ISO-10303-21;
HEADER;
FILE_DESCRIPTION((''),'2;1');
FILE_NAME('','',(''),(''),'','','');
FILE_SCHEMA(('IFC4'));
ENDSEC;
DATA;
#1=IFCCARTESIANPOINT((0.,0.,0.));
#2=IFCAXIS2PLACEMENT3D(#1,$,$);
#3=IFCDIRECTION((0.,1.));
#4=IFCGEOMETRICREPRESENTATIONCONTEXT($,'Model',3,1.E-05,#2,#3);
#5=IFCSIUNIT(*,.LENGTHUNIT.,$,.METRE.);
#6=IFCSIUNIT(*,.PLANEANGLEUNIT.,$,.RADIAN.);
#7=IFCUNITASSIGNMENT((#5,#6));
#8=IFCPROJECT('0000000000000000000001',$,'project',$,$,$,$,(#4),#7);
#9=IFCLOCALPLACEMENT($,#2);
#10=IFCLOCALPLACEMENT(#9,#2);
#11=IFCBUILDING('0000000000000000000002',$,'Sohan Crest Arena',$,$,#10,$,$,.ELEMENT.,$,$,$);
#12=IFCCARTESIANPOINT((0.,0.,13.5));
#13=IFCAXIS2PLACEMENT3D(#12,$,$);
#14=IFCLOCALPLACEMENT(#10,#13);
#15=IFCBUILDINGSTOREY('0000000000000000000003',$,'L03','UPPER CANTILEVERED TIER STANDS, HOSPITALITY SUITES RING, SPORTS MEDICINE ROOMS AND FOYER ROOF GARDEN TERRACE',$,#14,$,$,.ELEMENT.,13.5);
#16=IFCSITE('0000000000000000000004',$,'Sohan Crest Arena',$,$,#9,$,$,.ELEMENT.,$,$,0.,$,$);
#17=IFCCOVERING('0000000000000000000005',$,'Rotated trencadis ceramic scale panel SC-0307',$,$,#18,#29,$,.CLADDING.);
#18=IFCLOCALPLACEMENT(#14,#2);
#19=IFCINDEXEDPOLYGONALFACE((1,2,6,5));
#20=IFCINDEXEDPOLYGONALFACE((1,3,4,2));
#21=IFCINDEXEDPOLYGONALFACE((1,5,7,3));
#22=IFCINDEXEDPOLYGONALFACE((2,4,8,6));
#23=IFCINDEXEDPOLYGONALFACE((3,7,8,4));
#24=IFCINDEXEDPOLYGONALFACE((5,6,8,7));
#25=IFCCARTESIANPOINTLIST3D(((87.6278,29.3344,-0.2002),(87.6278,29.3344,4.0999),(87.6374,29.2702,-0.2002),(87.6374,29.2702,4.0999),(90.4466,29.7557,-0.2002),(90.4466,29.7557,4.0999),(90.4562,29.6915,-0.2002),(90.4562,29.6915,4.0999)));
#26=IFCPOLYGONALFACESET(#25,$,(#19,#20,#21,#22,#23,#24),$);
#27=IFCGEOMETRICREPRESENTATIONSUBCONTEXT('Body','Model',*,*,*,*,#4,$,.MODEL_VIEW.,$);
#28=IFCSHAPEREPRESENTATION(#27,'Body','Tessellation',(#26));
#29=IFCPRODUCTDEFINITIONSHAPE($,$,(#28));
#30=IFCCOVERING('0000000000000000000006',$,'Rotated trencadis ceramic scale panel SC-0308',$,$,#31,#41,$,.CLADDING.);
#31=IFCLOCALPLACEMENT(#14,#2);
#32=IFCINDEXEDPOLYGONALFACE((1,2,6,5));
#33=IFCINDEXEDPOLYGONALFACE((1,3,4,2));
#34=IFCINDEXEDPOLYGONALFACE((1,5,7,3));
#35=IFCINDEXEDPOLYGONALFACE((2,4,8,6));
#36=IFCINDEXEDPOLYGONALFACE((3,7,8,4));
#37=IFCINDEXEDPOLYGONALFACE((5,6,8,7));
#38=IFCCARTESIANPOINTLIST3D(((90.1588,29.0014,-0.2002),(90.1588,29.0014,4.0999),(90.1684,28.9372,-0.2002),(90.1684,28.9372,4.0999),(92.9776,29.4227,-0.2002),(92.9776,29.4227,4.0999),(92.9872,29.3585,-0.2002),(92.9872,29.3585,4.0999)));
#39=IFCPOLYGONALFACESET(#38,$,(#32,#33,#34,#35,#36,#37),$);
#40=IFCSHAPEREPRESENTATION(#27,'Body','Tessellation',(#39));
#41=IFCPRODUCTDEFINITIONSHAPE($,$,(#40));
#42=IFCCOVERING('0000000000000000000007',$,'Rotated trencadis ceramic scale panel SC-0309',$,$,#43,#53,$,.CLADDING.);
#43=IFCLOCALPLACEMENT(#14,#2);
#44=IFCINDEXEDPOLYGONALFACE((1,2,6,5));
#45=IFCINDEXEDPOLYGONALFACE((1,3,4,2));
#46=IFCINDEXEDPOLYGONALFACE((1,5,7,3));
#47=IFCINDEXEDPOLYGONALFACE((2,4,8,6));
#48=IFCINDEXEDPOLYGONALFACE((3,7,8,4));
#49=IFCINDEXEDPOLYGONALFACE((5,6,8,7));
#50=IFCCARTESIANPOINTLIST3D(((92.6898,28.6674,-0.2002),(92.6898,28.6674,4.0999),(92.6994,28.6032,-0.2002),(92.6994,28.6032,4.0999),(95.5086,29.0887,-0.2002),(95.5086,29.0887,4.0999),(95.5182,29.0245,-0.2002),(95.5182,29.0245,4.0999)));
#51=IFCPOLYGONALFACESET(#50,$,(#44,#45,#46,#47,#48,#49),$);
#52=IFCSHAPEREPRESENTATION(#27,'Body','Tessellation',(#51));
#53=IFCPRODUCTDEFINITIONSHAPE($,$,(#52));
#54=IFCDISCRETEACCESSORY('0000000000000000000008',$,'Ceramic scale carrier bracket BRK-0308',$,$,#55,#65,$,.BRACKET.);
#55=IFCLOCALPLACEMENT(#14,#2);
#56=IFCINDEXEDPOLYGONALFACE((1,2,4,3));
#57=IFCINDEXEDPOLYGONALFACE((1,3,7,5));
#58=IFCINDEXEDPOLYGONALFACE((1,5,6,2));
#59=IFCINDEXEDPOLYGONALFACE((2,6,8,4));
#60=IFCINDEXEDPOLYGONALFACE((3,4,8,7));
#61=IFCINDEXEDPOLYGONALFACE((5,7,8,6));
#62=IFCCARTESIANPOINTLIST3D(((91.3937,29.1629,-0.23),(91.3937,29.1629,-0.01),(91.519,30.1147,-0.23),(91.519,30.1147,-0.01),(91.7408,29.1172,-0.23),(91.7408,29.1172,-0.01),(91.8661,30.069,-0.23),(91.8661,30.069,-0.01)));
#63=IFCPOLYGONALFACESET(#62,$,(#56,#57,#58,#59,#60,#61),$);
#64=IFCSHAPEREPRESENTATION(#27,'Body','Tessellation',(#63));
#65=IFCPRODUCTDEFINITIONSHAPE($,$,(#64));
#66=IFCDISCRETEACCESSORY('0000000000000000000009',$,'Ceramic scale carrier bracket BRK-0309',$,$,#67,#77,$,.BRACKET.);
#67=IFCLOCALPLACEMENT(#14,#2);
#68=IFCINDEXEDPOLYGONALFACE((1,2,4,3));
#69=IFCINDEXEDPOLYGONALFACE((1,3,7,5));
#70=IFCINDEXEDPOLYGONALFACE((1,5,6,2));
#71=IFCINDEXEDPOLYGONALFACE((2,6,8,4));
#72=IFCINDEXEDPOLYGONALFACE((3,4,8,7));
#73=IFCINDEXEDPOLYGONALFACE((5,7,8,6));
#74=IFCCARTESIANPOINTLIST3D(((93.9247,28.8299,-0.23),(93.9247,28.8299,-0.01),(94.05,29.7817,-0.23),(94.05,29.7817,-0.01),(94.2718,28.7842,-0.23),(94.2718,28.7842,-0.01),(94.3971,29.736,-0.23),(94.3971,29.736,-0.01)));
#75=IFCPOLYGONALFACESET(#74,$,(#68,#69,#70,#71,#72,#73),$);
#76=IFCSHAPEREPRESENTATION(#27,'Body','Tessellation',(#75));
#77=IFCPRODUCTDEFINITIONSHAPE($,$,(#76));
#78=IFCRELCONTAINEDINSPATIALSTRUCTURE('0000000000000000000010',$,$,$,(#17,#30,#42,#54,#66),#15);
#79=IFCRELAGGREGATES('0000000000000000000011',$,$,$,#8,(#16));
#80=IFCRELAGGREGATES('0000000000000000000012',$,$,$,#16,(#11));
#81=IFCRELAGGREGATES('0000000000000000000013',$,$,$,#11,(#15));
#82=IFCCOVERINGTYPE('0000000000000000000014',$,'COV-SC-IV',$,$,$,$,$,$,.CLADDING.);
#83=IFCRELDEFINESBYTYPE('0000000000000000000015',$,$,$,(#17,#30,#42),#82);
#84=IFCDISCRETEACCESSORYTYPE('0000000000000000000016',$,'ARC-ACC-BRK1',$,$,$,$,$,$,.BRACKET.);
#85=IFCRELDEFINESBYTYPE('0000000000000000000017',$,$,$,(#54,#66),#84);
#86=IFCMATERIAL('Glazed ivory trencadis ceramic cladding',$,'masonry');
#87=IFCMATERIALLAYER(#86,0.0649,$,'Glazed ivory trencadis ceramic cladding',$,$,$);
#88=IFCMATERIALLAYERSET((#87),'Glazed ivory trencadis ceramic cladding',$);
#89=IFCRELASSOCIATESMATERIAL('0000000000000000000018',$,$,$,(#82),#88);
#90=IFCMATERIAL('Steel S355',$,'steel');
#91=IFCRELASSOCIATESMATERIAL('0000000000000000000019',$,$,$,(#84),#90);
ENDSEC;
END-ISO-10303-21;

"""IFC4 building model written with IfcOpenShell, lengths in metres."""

from ifc_helpers import new_model, si_unit, direction, frame, origin, origin_2d, place, context, subcontext, project, spatial, rectangle, extrude, material, layer, layer_set, type_object, element, save


model = new_model("IFC4")

# Units and contexts
model_context = context("Model", 3, precision=1e-05, world=origin(), true_north=direction((0.0, 1.0)))
body_context = subcontext(model_context, "Body", "Model", "MODEL_VIEW")
ifc_project = project(units=[si_unit("LENGTHUNIT", "METRE"), si_unit("PLANEANGLEUNIT", "RADIAN")], contexts=[model_context])

# Site, building, storey
site_placement = place(None, origin())
site = spatial("IfcSite", under=ifc_project, at=site_placement, Name="Sohan Crest Arena", CompositionType="ELEMENT", RefElevation=0.0)
building_placement = place(site_placement, origin())
building = spatial("IfcBuilding", under=site, at=building_placement, Name="Sohan Crest Arena", CompositionType="ELEMENT")
storey_placement = place(building_placement, frame((0.0, 0.0, 13.5)))
storey = spatial("IfcBuildingStorey", under=building, at=storey_placement, Name="L03", Description="UPPER CANTILEVERED TIER STANDS, HOSPITALITY SUITES RING, SPORTS MEDICINE ROOMS AND FOYER ROOF GARDEN TERRACE", CompositionType="ELEMENT", Elevation=13.5)

# Shared definitions
ifc_material_1 = material(Name="Steel S355", Category="steel")

# Coverings
ifc_material_2 = material(Name="Glazed ivory trencadis ceramic cladding", Category="masonry")
ifc_layer_1 = layer(ifc_material_2, 0.0649, Name="Glazed ivory trencadis ceramic cladding")
ifc_layer_set_1 = layer_set([ifc_layer_1], Name="Glazed ivory trencadis ceramic cladding")
covering_type = type_object("IfcCoveringType", Name="COV-SC-IV", PredefinedType="CLADDING", material=ifc_layer_set_1)
for number, where, z_axis, x_axis, name in (
    (1, (89.042, 29.5129, -0.2002), (0.0, 0.0, 1.0), (0.989016, 0.147809, 0.0), "Rotated trencadis ceramic scale panel SC-0307"),
    (2, (91.573, 29.1799, -0.2002), (0.0, 0.0, 1.0), (0.989016, 0.147809, 0.0), "Rotated trencadis ceramic scale panel SC-0308"),
    (3, (94.104, 28.8459, -0.2002), (0.0, 0.0, 1.0), (0.989016, 0.147809, 0.0), "Rotated trencadis ceramic scale panel SC-0309"),
):
    element("IfcCovering", number, at=place(storey_placement, frame(where, z_axis=z_axis, x_axis=x_axis)), inside=storey, type_object=covering_type, Name=name, PredefinedType="CLADDING", context=body_context, shape_type="SweptSolid", body=[
        extrude(rectangle(XDim=2.8501, YDim=0.0649, at=origin_2d()), origin(), (0.0, 0.0, 1.0), 4.3),
    ])

# Discrete accessories
discrete_accessory_type = type_object("IfcDiscreteAccessoryType", Name="ARC-ACC-BRK1", PredefinedType="BRACKET", material=ifc_material_1)
for number, where, z_axis, x_axis, name in (
    (4, (91.6299, 29.616, -0.23), (0.0, 0.0, 1.0), (0.991445, -0.130526, 0.0), "Ceramic scale carrier bracket BRK-0308"),
    (5, (94.1609, 29.283, -0.23), (0.0, 0.0, 1.0), (0.991445, -0.130526, 0.0), "Ceramic scale carrier bracket BRK-0309"),
):
    element("IfcDiscreteAccessory", number, at=place(storey_placement, frame(where, z_axis=z_axis, x_axis=x_axis)), inside=storey, type_object=discrete_accessory_type, Name=name, PredefinedType="BRACKET", context=body_context, shape_type="SweptSolid", body=[
        extrude(rectangle(XDim=0.3501, YDim=0.96, at=origin_2d()), origin(), (0.0, 0.0, 1.0), 0.22),
    ])

save(model, "model.ifc")
